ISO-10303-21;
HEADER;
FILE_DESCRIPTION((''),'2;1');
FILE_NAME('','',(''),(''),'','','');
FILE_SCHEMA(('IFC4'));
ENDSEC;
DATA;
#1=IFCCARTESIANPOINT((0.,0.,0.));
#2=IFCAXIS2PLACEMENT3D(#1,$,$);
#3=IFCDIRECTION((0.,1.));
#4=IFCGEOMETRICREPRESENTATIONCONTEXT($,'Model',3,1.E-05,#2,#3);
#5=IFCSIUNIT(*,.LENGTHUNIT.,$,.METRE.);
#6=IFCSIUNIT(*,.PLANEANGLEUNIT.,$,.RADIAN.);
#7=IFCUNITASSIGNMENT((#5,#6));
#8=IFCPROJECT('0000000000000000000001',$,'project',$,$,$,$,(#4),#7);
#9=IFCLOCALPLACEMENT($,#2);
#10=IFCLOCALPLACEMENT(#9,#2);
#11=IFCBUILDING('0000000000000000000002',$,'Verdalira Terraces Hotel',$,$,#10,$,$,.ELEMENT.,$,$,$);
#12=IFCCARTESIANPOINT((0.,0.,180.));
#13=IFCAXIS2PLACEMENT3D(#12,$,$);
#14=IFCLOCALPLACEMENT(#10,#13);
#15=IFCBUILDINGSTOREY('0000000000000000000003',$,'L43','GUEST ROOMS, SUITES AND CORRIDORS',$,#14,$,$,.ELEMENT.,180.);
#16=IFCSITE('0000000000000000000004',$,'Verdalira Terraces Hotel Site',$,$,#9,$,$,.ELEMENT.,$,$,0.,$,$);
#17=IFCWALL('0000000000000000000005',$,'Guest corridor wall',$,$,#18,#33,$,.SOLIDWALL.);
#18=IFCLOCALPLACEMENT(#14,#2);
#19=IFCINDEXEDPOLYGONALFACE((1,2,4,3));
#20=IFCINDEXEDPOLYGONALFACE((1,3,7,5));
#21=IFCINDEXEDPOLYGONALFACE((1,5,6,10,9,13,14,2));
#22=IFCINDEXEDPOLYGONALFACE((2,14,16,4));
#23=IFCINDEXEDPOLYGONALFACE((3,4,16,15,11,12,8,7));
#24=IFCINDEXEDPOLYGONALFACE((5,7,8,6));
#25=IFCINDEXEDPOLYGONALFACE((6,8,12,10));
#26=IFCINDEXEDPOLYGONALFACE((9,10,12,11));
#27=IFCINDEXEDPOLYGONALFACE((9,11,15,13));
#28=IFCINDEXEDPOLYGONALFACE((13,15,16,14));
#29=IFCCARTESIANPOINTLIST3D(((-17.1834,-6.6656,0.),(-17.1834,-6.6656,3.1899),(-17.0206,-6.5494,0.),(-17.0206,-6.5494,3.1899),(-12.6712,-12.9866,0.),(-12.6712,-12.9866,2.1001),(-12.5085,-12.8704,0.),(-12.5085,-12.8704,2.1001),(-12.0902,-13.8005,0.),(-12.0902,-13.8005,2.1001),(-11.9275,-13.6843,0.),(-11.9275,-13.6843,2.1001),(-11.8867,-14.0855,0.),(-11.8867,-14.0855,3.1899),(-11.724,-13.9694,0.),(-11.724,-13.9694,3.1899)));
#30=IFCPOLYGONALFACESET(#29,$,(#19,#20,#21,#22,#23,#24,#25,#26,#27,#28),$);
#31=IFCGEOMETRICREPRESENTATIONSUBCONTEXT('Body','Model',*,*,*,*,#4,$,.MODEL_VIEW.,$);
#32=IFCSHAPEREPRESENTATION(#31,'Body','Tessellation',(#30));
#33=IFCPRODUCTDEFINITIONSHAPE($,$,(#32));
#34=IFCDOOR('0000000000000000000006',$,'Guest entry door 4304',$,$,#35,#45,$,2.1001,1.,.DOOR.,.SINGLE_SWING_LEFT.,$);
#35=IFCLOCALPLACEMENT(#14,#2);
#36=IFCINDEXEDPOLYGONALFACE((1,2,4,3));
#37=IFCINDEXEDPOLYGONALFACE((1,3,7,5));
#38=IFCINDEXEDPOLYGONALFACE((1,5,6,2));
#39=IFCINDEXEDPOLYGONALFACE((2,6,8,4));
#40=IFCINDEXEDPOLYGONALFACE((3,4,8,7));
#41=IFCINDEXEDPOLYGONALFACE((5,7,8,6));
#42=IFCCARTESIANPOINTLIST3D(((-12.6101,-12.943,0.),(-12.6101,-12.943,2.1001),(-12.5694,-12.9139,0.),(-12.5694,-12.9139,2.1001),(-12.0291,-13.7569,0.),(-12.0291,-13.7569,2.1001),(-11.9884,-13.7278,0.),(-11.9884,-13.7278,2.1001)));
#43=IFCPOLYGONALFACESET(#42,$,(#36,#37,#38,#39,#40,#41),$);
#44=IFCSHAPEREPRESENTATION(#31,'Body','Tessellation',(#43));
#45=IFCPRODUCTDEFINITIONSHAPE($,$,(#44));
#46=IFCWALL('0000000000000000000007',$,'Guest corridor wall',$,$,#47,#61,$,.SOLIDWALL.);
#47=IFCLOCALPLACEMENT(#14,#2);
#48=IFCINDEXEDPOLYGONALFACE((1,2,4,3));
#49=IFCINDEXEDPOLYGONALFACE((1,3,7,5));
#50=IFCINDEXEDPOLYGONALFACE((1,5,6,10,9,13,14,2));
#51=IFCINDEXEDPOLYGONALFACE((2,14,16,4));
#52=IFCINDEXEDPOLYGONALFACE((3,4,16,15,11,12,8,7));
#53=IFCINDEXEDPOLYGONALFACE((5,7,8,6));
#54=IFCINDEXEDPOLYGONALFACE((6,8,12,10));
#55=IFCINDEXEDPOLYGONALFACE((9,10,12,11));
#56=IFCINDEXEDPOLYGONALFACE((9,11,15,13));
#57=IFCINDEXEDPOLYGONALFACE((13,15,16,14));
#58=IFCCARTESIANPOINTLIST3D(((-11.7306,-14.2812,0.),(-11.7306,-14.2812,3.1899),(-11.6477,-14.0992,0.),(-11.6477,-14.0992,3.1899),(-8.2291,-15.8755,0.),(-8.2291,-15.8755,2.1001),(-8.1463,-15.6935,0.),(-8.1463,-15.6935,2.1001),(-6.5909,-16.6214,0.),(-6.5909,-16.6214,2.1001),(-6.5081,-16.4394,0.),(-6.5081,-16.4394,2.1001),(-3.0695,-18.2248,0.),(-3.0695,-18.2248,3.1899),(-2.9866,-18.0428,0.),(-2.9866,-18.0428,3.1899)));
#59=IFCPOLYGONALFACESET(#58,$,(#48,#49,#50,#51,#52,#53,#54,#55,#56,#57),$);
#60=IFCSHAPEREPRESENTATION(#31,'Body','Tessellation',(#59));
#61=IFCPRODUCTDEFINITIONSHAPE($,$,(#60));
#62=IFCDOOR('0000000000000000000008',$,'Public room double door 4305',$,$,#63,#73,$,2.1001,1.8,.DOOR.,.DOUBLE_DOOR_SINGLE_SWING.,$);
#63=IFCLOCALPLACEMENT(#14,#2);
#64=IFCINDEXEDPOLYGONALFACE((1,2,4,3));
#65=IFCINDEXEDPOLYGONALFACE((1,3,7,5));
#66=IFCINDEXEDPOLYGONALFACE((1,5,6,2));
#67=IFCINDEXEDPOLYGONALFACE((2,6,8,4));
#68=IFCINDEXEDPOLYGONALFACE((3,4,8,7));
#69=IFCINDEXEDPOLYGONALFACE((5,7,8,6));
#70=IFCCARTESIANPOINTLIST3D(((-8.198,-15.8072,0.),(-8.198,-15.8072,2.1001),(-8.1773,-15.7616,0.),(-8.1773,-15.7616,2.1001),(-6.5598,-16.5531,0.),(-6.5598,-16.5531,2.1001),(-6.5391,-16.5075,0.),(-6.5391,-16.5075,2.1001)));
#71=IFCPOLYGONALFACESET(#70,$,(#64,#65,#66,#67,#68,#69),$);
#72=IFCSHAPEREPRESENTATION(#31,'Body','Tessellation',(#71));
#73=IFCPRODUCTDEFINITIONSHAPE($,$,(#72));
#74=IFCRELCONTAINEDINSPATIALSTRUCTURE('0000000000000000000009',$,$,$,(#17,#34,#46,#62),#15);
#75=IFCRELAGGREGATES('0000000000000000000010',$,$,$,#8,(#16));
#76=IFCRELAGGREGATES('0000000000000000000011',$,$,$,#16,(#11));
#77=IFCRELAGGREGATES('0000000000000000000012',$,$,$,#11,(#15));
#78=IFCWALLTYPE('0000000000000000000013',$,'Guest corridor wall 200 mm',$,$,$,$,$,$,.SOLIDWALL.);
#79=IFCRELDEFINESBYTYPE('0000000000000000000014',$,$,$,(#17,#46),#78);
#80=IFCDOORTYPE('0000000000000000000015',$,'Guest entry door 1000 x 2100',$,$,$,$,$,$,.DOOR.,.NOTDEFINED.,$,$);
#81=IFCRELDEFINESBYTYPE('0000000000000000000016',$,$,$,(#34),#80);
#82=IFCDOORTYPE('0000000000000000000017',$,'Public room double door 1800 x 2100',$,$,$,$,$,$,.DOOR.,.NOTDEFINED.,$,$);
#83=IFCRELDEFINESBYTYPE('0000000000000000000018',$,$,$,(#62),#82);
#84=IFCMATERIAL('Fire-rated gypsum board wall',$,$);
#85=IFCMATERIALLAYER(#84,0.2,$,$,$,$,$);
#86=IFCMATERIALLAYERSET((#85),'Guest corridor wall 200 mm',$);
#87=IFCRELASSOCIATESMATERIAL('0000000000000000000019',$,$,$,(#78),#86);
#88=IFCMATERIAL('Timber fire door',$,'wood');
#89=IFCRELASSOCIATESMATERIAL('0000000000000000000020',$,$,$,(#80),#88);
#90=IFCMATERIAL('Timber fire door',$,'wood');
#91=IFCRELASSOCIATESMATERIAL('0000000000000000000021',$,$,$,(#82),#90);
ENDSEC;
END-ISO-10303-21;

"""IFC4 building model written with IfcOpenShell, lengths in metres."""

from ifc_helpers import new_model, si_unit, direction, frame, frame_2d, origin, place, context, subcontext, project, spatial, rectangle, extrude, material, layer, layer_set, type_object, element, fill, save


model = new_model("IFC4")

# Units and contexts
model_context = context("Model", 3, precision=1e-05, world=origin(), true_north=direction((0.0, 1.0)))
body_context = subcontext(model_context, "Body", "Model", "MODEL_VIEW")
ifc_project = project(units=[si_unit("LENGTHUNIT", "METRE"), si_unit("PLANEANGLEUNIT", "RADIAN")], contexts=[model_context])

# Site, building, storey
site_placement = place(None, origin())
site = spatial("IfcSite", under=ifc_project, at=site_placement, Name="Verdalira Terraces Hotel Site", CompositionType="ELEMENT", RefElevation=0.0)
building_placement = place(site_placement, origin())
building = spatial("IfcBuilding", under=site, at=building_placement, Name="Verdalira Terraces Hotel", CompositionType="ELEMENT")
storey_placement = place(building_placement, frame((0.0, 0.0, 180.0)))
storey = spatial("IfcBuildingStorey", under=building, at=storey_placement, Name="L43", Description="GUEST ROOMS, SUITES AND CORRIDORS", CompositionType="ELEMENT", Elevation=180.0)

# Walls, openings, doors
ifc_material_1 = material(Name="Fire-rated gypsum board wall")
ifc_layer_1 = layer(ifc_material_1, 0.2)
ifc_layer_set_1 = layer_set([ifc_layer_1], Name="Guest corridor wall 200 mm")
wall_type_1 = type_object("IfcWallType", Name="Guest corridor wall 200 mm", PredefinedType="SOLIDWALL", material=ifc_layer_set_1)
wall_1_placement = place(storey_placement, frame((-11.8054, -14.0273, 0.0), z_axis=(0.0, 0.0, 1.0), x_axis=(-0.580998, 0.813905, 0.0)))
wall_1 = element("IfcWall", 1, at=wall_1_placement, inside=storey, type_object=wall_type_1, Name="Guest corridor wall", PredefinedType="SOLIDWALL", context=body_context, shape_type="SweptSolid", body=[
    extrude(rectangle(XDim=9.1165, YDim=0.2, at=frame_2d((4.5581, 0.0))), origin(), (0.0, 0.0, 1.0), 3.1899),
])
opening_1_placement = place(wall_1_placement, frame((0.3501, 0.0, 0.0)))
opening_1 = element("IfcOpeningElement", 2, at=opening_1_placement, cuts=wall_1, PredefinedType="OPENING", context=body_context, shape_type="SweptSolid", body=[
    extrude(rectangle(XDim=1.0, YDim=2.1001, at=frame_2d((0.5, 1.05))), frame((0.0, 0.1099, 0.0), z_axis=(0.0, -1.0, 0.0), x_axis=(1.0, 0.0, 0.0)), (0.0, 0.0, 1.0), 0.22),
])
ifc_material_2 = material(Name="Timber fire door", Category="wood")
door_type_1 = type_object("IfcDoorType", Name="Guest entry door 1000 x 2100", OperationType="NOTDEFINED", PredefinedType="DOOR", material=ifc_material_2)
door_1_placement = place(opening_1_placement, origin())
door_1 = element("IfcDoor", 3, at=door_1_placement, inside=storey, type_object=door_type_1, Name="Guest entry door 4304", OperationType="SINGLE_SWING_LEFT", OverallHeight=2.1001, OverallWidth=1.0, PredefinedType="DOOR", context=body_context, shape_type="SweptSolid", body=[
    extrude(rectangle(XDim=1.0, YDim=2.1001, at=frame_2d((0.5, 1.05))), frame((0.0, 0.0249, 0.0), z_axis=(0.0, -1.0, 0.0), x_axis=(1.0, 0.0, 0.0)), (0.0, 0.0, 1.0), 0.05),
])
fill(opening_1, door_1)
wall_2_placement = place(storey_placement, frame((-3.0281, -18.1338, 0.0), z_axis=(0.0, 0.0, 1.0), x_axis=(-0.9101, 0.414389, 0.0)))
wall_2 = element("IfcWall", 4, at=wall_2_placement, inside=storey, type_object=wall_type_1, Name="Guest corridor wall", PredefinedType="SOLIDWALL", context=body_context, shape_type="SweptSolid", body=[
    extrude(rectangle(XDim=9.5166, YDim=0.2, at=frame_2d((4.7583, 0.0))), origin(), (0.0, 0.0, 1.0), 3.1899),
])
opening_2_placement = place(wall_2_placement, frame((3.8694, 0.0, 0.0)))
opening_2 = element("IfcOpeningElement", 5, at=opening_2_placement, cuts=wall_2, PredefinedType="OPENING", context=body_context, shape_type="SweptSolid", body=[
    extrude(rectangle(XDim=1.8, YDim=2.1001, at=frame_2d((0.8999, 1.05))), frame((0.0, 0.1099, 0.0), z_axis=(0.0, -1.0, 0.0), x_axis=(1.0, 0.0, 0.0)), (0.0, 0.0, 1.0), 0.22),
])
ifc_material_3 = material(Name="Timber fire door", Category="wood")
door_type_2 = type_object("IfcDoorType", Name="Public room double door 1800 x 2100", OperationType="NOTDEFINED", PredefinedType="DOOR", material=ifc_material_3)
door_2_placement = place(opening_2_placement, origin())
door_2 = element("IfcDoor", 6, at=door_2_placement, inside=storey, type_object=door_type_2, Name="Public room double door 4305", OperationType="DOUBLE_DOOR_SINGLE_SWING", OverallHeight=2.1001, OverallWidth=1.8, PredefinedType="DOOR", context=body_context, shape_type="SweptSolid", body=[
    extrude(rectangle(XDim=1.8, YDim=2.1001, at=frame_2d((0.8999, 1.05))), frame((0.0, 0.0249, 0.0), z_axis=(0.0, -1.0, 0.0), x_axis=(1.0, 0.0, 0.0)), (0.0, 0.0, 1.0), 0.05),
])
fill(opening_2, door_2)

save(model, "model.ifc")
